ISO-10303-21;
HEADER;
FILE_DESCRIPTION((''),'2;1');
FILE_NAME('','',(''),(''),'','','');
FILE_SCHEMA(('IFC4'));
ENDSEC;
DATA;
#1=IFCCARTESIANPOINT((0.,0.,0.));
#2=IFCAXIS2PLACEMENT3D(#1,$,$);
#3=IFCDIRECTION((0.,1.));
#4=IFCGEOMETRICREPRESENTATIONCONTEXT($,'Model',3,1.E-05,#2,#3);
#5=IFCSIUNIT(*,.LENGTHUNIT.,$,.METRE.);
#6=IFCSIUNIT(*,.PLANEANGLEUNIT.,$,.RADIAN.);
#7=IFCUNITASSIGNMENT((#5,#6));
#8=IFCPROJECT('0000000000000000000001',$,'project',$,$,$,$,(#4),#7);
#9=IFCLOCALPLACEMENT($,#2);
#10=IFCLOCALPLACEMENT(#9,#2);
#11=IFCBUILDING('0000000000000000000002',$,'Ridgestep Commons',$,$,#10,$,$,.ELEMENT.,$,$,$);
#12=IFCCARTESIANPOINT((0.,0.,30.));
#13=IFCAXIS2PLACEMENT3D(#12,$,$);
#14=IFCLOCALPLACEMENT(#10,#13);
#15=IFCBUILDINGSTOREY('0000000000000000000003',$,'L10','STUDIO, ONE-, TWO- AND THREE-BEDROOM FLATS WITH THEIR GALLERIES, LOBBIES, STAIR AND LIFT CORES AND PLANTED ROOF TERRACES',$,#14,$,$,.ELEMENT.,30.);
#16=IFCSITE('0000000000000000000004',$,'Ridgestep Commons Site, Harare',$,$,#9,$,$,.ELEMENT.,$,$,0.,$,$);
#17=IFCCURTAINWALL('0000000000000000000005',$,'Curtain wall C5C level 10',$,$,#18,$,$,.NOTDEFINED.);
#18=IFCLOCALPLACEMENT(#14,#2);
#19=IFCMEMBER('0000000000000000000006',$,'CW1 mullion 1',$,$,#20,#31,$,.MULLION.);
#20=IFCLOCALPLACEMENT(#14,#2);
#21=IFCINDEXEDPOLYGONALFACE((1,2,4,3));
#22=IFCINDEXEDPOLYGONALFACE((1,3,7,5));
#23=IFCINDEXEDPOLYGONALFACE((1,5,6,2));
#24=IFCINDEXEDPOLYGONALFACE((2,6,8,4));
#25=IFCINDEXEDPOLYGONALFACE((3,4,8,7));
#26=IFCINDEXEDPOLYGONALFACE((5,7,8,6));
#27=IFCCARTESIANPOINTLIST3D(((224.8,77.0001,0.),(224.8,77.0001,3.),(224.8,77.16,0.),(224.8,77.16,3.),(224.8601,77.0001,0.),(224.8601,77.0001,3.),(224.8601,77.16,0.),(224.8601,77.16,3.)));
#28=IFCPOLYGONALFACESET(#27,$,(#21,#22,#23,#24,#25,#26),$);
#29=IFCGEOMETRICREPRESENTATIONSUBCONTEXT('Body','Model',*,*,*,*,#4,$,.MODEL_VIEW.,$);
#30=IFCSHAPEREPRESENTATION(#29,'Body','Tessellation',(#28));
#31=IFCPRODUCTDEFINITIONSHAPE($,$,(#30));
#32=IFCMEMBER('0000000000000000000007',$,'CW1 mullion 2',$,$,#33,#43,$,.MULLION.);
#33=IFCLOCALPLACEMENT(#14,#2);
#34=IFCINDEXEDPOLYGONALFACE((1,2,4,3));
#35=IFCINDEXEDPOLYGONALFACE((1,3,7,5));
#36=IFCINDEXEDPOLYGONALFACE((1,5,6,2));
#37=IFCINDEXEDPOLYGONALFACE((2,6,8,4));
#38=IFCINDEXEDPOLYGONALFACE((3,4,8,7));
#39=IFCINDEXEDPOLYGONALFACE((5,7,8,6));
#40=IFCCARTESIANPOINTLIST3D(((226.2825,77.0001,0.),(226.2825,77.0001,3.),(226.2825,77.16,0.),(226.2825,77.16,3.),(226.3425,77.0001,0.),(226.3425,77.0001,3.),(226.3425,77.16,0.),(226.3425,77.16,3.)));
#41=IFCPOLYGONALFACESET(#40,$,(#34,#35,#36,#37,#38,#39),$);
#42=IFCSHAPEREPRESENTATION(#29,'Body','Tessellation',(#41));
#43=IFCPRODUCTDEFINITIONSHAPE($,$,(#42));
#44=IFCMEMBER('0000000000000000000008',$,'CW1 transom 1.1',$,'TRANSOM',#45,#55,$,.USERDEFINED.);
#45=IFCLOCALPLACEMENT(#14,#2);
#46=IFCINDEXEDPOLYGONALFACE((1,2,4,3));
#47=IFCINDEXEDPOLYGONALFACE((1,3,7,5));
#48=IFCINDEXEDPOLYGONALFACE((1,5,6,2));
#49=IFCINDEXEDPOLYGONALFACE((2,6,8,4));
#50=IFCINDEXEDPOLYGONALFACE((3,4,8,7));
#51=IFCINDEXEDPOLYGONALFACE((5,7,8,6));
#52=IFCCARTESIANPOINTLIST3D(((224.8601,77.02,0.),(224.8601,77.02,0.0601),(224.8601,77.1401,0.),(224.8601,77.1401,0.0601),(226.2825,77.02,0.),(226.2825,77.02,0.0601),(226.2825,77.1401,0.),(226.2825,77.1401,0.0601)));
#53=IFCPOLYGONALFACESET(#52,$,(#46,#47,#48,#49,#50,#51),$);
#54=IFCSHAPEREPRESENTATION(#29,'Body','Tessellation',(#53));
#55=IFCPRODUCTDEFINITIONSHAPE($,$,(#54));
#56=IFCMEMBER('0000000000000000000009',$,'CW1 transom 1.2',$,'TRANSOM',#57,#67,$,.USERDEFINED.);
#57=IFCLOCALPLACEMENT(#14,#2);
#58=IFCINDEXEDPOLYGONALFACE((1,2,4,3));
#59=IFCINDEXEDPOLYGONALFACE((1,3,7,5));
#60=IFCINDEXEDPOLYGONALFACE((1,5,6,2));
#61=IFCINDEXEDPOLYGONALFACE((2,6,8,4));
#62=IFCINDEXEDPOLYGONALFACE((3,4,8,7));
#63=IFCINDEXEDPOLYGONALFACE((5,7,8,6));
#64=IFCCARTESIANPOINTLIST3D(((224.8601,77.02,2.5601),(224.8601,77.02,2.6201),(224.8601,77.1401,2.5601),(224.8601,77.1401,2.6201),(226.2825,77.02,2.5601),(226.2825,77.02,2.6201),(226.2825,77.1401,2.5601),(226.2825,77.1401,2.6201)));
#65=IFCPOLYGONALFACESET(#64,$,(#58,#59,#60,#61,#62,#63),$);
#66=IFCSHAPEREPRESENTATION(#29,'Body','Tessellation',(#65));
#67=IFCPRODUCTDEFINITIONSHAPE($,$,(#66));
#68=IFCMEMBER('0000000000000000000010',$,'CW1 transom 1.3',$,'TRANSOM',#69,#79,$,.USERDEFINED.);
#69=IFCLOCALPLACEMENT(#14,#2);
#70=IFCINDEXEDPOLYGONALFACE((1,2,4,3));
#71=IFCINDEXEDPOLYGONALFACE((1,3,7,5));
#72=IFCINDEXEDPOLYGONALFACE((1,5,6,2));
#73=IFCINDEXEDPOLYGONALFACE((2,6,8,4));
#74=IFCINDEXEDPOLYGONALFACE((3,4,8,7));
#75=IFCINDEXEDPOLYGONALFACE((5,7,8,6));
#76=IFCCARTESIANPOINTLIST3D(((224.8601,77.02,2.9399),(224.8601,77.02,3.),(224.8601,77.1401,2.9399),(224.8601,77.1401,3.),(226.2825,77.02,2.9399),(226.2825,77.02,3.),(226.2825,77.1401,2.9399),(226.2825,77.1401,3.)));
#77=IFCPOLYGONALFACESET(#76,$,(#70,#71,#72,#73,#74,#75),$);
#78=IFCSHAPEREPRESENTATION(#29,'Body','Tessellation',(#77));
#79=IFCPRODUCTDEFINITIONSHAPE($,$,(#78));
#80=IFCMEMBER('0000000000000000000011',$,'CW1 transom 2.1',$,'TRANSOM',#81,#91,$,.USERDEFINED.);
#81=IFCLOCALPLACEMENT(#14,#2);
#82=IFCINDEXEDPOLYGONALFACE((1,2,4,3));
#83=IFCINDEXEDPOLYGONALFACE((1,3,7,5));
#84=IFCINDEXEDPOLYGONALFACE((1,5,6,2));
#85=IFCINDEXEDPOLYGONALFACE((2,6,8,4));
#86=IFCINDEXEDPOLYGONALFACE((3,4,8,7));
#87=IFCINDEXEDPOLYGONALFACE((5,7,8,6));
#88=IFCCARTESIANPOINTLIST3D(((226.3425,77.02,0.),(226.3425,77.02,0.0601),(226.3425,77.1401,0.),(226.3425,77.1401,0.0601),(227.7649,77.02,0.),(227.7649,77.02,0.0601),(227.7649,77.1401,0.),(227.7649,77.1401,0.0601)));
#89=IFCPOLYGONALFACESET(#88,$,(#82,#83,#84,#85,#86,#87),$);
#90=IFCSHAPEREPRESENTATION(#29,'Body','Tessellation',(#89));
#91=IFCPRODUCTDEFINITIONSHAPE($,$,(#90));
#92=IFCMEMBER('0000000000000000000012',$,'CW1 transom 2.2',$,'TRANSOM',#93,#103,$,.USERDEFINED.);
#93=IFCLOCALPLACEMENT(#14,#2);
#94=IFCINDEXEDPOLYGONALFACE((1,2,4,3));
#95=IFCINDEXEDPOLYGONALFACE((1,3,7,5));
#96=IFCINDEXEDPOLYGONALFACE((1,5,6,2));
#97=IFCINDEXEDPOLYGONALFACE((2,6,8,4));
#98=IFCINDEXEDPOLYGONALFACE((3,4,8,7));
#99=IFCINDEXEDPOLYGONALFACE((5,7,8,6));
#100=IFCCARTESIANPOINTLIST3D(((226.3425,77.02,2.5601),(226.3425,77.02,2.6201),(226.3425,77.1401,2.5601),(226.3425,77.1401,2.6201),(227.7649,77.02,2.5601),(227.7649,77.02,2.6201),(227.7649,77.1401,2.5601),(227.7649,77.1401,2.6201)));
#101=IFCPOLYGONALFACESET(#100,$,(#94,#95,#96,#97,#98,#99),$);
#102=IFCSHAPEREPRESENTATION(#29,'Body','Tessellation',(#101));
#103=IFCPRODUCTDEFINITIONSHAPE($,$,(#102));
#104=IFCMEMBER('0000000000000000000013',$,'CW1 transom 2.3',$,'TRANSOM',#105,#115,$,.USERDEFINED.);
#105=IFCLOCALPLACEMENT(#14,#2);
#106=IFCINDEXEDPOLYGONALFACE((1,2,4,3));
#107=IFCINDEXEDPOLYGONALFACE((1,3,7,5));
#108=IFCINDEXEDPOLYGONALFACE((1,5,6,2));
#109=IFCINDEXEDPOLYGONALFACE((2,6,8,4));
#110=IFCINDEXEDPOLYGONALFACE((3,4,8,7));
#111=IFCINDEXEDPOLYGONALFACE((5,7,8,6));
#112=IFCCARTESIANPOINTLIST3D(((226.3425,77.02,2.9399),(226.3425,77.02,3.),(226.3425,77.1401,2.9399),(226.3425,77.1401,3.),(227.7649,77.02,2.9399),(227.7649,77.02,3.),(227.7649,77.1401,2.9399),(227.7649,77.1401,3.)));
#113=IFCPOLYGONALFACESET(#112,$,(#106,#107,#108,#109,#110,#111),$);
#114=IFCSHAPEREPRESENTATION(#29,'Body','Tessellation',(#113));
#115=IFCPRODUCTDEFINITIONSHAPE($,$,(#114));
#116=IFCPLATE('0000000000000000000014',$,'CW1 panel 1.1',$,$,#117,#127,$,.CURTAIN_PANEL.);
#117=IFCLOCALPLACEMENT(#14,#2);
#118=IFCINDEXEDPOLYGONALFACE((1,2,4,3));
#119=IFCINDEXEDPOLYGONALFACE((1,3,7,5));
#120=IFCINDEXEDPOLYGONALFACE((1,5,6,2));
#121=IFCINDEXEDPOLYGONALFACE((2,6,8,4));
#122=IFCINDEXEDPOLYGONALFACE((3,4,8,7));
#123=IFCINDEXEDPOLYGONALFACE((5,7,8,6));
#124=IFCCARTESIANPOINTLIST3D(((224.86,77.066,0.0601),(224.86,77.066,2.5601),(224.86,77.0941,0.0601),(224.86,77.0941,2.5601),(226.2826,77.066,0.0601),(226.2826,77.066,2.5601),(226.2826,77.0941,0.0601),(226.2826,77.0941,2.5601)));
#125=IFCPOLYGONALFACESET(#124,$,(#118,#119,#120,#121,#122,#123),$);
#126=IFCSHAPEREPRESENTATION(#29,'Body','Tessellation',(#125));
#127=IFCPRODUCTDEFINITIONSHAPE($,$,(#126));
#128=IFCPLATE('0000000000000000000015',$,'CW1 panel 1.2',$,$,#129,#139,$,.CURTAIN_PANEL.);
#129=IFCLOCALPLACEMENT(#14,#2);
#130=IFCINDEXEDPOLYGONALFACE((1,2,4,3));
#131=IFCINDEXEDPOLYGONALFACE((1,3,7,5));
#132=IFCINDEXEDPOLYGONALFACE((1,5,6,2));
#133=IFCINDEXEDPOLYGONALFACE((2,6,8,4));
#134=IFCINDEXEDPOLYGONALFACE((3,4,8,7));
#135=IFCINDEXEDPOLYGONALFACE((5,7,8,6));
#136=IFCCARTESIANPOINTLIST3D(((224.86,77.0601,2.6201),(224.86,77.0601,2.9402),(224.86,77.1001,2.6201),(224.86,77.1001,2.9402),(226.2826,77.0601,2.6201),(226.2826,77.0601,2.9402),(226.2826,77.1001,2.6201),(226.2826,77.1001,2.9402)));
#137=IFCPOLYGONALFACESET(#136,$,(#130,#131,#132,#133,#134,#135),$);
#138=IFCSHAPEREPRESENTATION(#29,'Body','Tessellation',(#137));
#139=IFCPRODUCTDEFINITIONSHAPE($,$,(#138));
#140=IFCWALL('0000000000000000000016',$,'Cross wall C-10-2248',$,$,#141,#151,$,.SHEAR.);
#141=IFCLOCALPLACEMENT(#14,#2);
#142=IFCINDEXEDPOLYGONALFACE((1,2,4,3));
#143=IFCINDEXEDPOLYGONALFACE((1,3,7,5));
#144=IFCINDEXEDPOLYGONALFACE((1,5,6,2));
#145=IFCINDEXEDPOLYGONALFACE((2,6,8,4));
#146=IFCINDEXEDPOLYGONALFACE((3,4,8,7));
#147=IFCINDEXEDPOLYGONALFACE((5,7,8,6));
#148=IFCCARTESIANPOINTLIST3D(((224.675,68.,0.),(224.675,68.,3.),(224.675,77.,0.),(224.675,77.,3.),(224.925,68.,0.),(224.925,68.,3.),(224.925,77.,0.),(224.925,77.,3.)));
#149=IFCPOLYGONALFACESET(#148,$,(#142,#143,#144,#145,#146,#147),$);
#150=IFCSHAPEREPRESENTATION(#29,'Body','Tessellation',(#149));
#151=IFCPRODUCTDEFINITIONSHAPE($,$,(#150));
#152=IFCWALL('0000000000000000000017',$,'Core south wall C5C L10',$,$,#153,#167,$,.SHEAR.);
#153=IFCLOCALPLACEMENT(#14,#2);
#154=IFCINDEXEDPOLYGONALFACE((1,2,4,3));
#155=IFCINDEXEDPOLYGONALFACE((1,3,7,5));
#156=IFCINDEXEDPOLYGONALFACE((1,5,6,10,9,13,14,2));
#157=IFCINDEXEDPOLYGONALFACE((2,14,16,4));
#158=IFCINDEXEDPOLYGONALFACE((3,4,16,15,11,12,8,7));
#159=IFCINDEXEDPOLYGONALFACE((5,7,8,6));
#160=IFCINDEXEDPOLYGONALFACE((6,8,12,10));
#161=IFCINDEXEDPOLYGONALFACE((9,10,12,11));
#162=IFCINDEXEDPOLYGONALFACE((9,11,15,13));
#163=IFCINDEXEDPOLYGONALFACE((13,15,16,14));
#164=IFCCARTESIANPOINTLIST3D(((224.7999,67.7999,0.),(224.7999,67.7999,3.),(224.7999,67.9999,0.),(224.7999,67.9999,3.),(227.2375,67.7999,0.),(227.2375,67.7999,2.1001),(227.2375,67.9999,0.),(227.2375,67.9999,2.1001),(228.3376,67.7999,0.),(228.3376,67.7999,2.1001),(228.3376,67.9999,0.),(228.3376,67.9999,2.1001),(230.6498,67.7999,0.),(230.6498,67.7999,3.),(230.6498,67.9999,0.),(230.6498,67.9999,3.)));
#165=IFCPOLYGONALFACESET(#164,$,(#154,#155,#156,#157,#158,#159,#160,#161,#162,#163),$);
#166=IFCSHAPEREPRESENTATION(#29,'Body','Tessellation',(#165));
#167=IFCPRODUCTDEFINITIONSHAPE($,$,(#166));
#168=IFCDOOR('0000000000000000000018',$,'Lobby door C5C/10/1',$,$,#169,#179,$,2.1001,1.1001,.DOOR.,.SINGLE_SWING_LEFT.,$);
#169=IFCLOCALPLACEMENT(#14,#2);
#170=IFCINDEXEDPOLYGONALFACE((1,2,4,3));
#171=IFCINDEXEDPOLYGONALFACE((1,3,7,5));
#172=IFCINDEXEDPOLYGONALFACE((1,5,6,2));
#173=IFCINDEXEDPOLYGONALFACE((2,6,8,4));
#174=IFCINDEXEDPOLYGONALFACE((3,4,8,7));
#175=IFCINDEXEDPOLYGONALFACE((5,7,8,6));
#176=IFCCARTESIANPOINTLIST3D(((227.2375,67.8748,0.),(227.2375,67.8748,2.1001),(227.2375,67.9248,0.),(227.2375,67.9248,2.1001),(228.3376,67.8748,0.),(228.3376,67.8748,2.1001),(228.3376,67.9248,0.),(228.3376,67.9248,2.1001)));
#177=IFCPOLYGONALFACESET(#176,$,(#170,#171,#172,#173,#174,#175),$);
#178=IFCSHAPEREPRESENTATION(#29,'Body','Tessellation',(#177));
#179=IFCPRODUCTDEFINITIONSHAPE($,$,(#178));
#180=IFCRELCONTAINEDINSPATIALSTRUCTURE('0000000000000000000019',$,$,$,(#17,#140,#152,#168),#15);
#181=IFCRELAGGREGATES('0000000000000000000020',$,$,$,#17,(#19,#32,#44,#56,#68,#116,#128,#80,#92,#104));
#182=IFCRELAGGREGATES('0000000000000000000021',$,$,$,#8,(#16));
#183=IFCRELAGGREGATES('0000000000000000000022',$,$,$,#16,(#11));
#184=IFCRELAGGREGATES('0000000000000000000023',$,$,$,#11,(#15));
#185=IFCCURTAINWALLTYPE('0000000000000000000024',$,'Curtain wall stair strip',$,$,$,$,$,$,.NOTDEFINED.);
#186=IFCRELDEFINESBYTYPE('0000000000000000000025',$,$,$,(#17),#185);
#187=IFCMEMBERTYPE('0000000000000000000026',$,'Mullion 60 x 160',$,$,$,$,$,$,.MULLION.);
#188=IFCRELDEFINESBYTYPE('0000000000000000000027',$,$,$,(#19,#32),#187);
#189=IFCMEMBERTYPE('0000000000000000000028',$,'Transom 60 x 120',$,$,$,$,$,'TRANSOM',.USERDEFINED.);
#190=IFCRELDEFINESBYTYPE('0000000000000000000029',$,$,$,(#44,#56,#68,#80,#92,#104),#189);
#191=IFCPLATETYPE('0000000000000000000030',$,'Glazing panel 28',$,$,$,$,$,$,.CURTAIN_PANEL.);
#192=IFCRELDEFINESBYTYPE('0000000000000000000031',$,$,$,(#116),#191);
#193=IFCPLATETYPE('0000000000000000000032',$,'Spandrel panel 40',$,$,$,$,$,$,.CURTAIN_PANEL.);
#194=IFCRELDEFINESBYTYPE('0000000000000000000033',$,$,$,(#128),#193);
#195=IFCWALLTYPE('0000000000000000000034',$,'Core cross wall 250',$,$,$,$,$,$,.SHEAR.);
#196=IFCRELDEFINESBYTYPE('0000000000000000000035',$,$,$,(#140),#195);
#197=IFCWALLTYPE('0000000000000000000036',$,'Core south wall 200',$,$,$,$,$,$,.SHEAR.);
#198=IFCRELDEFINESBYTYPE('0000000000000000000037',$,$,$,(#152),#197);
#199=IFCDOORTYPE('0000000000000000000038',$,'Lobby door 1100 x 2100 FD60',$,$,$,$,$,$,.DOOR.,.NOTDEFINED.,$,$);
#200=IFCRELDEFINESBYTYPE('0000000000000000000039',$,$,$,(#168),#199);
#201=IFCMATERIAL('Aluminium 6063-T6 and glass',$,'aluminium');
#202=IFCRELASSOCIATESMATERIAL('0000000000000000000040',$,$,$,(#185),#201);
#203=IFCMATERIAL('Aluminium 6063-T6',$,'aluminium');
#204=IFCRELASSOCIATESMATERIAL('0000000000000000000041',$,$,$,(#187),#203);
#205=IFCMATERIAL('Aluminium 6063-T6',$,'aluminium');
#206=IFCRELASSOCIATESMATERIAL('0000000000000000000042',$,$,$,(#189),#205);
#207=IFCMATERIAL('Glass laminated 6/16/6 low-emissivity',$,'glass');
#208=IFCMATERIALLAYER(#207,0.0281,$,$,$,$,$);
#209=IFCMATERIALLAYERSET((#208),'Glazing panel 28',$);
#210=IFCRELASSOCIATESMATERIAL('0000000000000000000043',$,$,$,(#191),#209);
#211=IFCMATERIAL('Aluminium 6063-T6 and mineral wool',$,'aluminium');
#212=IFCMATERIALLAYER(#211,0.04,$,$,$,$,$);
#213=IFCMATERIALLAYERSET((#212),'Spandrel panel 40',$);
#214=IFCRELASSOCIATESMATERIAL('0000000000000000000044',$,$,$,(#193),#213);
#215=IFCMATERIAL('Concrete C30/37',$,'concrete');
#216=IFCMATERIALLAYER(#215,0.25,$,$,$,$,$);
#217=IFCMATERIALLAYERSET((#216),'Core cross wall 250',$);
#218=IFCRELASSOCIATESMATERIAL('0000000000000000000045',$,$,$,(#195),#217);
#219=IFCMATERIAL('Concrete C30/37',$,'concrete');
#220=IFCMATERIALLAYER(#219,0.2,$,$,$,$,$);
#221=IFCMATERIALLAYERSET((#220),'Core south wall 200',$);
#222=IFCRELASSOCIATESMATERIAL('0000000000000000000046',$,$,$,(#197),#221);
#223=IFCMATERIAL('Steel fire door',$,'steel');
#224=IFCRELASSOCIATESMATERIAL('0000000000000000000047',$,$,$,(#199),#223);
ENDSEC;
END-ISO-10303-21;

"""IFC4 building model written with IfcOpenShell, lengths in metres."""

from ifc_helpers import new_model, si_unit, direction, frame, frame_2d, origin, origin_2d, place, context, subcontext, project, spatial, rectangle, extrude, material, layer, layer_set, material_profile, profile_set, type_object, element, fill, aggregate, save


model = new_model("IFC4")

# Units and contexts
model_context = context("Model", 3, precision=1e-05, world=origin(), true_north=direction((0.0, 1.0)))
body_context = subcontext(model_context, "Body", "Model", "MODEL_VIEW")
ifc_project = project(units=[si_unit("LENGTHUNIT", "METRE"), si_unit("PLANEANGLEUNIT", "RADIAN")], contexts=[model_context])

# Site, building, storey
site_placement = place(None, origin())
site = spatial("IfcSite", under=ifc_project, at=site_placement, Name="Ridgestep Commons Site, Harare", CompositionType="ELEMENT", RefElevation=0.0)
building_placement = place(site_placement, origin())
building = spatial("IfcBuilding", under=site, at=building_placement, Name="Ridgestep Commons", CompositionType="ELEMENT")
storey_placement = place(building_placement, frame((0.0, 0.0, 30.0)))
storey = spatial("IfcBuildingStorey", under=building, at=storey_placement, Name="L10", Description="STUDIO, ONE-, TWO- AND THREE-BEDROOM FLATS WITH THEIR GALLERIES, LOBBIES, STAIR AND LIFT CORES AND PLANTED ROOF TERRACES", CompositionType="ELEMENT", Elevation=30.0)

# Curtain wall, members, plates
ifc_material_1 = material(Name="Aluminium 6063-T6 and glass", Category="aluminium")
curtain_wall_type = type_object("IfcCurtainWallType", Name="Curtain wall stair strip", PredefinedType="NOTDEFINED", material=ifc_material_1)
curtain_wall_placement = place(storey_placement, origin())
curtain_wall = element("IfcCurtainWall", 1, at=curtain_wall_placement, inside=storey, type_object=curtain_wall_type, Name="Curtain wall C5C level 10", PredefinedType="NOTDEFINED")
ifc_material_2 = material(Name="Aluminium 6063-T6", Category="aluminium")
ifc_material_profile_1 = material_profile(ifc_material_2, rectangle(XDim=0.1599, YDim=0.0601, at=origin_2d()), Name="Mullion 60 x 160")
ifc_profile_set_1 = profile_set([ifc_material_profile_1], Name="Aluminium 6063-T6")
member_type_1 = type_object("IfcMemberType", Name="Mullion 60 x 160", PredefinedType="MULLION", material=ifc_profile_set_1)
member_1_placement = place(storey_placement, frame((224.8301, 77.0801, 0.0), z_axis=(0.0, 0.0, 1.0), x_axis=(0.0, 1.0, 0.0)))
member_1 = element("IfcMember", 2, at=member_1_placement, type_object=member_type_1, Name="CW1 mullion 1", PredefinedType="MULLION", context=body_context, shape_type="SweptSolid", body=[
    extrude(rectangle(XDim=0.1599, YDim=0.0601, at=origin_2d()), origin(), (0.0, 0.0, 1.0), 3.0),
])
member_2_placement = place(storey_placement, frame((226.3125, 77.0801, 0.0), z_axis=(0.0, 0.0, 1.0), x_axis=(0.0, 1.0, 0.0)))
member_2 = element("IfcMember", 3, at=member_2_placement, type_object=member_type_1, Name="CW1 mullion 2", PredefinedType="MULLION", context=body_context, shape_type="SweptSolid", body=[
    extrude(rectangle(XDim=0.1599, YDim=0.0601, at=origin_2d()), origin(), (0.0, 0.0, 1.0), 3.0),
])
ifc_material_3 = material(Name="Aluminium 6063-T6", Category="aluminium")
ifc_material_profile_2 = material_profile(ifc_material_3, rectangle(XDim=0.1201, YDim=0.0601, at=origin_2d()), Name="Transom 60 x 120")
ifc_profile_set_2 = profile_set([ifc_material_profile_2], Name="Aluminium 6063-T6")
member_type_2 = type_object("IfcMemberType", Name="Transom 60 x 120", ElementType="TRANSOM", PredefinedType="USERDEFINED", material=ifc_profile_set_2)
member_3_placement = place(storey_placement, frame((224.8601, 77.0801, 0.03), z_axis=(1.0, 0.0, 0.0), x_axis=(0.0, 1.0, 0.0)))
member_3 = element("IfcMember", 4, at=member_3_placement, type_object=member_type_2, Name="CW1 transom 1.1", ObjectType="TRANSOM", PredefinedType="USERDEFINED", context=body_context, shape_type="SweptSolid", body=[
    extrude(rectangle(XDim=0.1201, YDim=0.0601, at=origin_2d()), origin(), (0.0, 0.0, 1.0), 1.4224),
])
member_4_placement = place(storey_placement, frame((224.8601, 77.0801, 2.5901), z_axis=(1.0, 0.0, 0.0), x_axis=(0.0, 1.0, 0.0)))
member_4 = element("IfcMember", 5, at=member_4_placement, type_object=member_type_2, Name="CW1 transom 1.2", ObjectType="TRANSOM", PredefinedType="USERDEFINED", context=body_context, shape_type="SweptSolid", body=[
    extrude(rectangle(XDim=0.1201, YDim=0.0601, at=origin_2d()), origin(), (0.0, 0.0, 1.0), 1.4224),
])
member_5_placement = place(storey_placement, frame((224.8601, 77.0801, 2.97), z_axis=(1.0, 0.0, 0.0), x_axis=(0.0, 1.0, 0.0)))
member_5 = element("IfcMember", 6, at=member_5_placement, type_object=member_type_2, Name="CW1 transom 1.3", ObjectType="TRANSOM", PredefinedType="USERDEFINED", context=body_context, shape_type="SweptSolid", body=[
    extrude(rectangle(XDim=0.1201, YDim=0.0601, at=origin_2d()), origin(), (0.0, 0.0, 1.0), 1.4224),
])
member_6_placement = place(storey_placement, frame((226.3425, 77.0801, 0.03), z_axis=(1.0, 0.0, 0.0), x_axis=(0.0, 1.0, 0.0)))
member_6 = element("IfcMember", 7, at=member_6_placement, type_object=member_type_2, Name="CW1 transom 2.1", ObjectType="TRANSOM", PredefinedType="USERDEFINED", context=body_context, shape_type="SweptSolid", body=[
    extrude(rectangle(XDim=0.1201, YDim=0.0601, at=origin_2d()), origin(), (0.0, 0.0, 1.0), 1.4224),
])
member_7_placement = place(storey_placement, frame((226.3425, 77.0801, 2.5901), z_axis=(1.0, 0.0, 0.0), x_axis=(0.0, 1.0, 0.0)))
member_7 = element("IfcMember", 8, at=member_7_placement, type_object=member_type_2, Name="CW1 transom 2.2", ObjectType="TRANSOM", PredefinedType="USERDEFINED", context=body_context, shape_type="SweptSolid", body=[
    extrude(rectangle(XDim=0.1201, YDim=0.0601, at=origin_2d()), origin(), (0.0, 0.0, 1.0), 1.4224),
])
member_8_placement = place(storey_placement, frame((226.3425, 77.0801, 2.97), z_axis=(1.0, 0.0, 0.0), x_axis=(0.0, 1.0, 0.0)))
member_8 = element("IfcMember", 9, at=member_8_placement, type_object=member_type_2, Name="CW1 transom 2.3", ObjectType="TRANSOM", PredefinedType="USERDEFINED", context=body_context, shape_type="SweptSolid", body=[
    extrude(rectangle(XDim=0.1201, YDim=0.0601, at=origin_2d()), origin(), (0.0, 0.0, 1.0), 1.4224),
])
ifc_material_4 = material(Name="Glass laminated 6/16/6 low-emissivity", Category="glass")
ifc_layer_1 = layer(ifc_material_4, 0.0281)
ifc_layer_set_1 = layer_set([ifc_layer_1], Name="Glazing panel 28")
plate_type_1 = type_object("IfcPlateType", Name="Glazing panel 28", PredefinedType="CURTAIN_PANEL", material=ifc_layer_set_1)
plate_1_placement = place(storey_placement, frame((225.5713, 77.0801, 0.0601), z_axis=(0.0, 0.0, 1.0), x_axis=(1.0, 0.0, 0.0)))
plate_1 = element("IfcPlate", 10, at=plate_1_placement, type_object=plate_type_1, Name="CW1 panel 1.1", PredefinedType="CURTAIN_PANEL", context=body_context, shape_type="SweptSolid", body=[
    extrude(rectangle(XDim=1.4226, YDim=0.0281, at=origin_2d()), origin(), (0.0, 0.0, 1.0), 2.5),
])
ifc_material_5 = material(Name="Aluminium 6063-T6 and mineral wool", Category="aluminium")
ifc_layer_2 = layer(ifc_material_5, 0.04)
ifc_layer_set_2 = layer_set([ifc_layer_2], Name="Spandrel panel 40")
plate_type_2 = type_object("IfcPlateType", Name="Spandrel panel 40", PredefinedType="CURTAIN_PANEL", material=ifc_layer_set_2)
plate_2_placement = place(storey_placement, frame((225.5713, 77.0801, 2.6201), z_axis=(0.0, 0.0, 1.0), x_axis=(1.0, 0.0, 0.0)))
plate_2 = element("IfcPlate", 11, at=plate_2_placement, type_object=plate_type_2, Name="CW1 panel 1.2", PredefinedType="CURTAIN_PANEL", context=body_context, shape_type="SweptSolid", body=[
    extrude(rectangle(XDim=1.4226, YDim=0.04, at=origin_2d()), origin(), (0.0, 0.0, 1.0), 0.3201),
])
aggregate(curtain_wall, [member_1, member_2, member_3, member_4, member_5, plate_1, plate_2, member_6, member_7, member_8])

# Wall
ifc_material_6 = material(Name="Concrete C30/37", Category="concrete")
ifc_layer_3 = layer(ifc_material_6, 0.25)
ifc_layer_set_3 = layer_set([ifc_layer_3], Name="Core cross wall 250")
wall_type_1 = type_object("IfcWallType", Name="Core cross wall 250", PredefinedType="SHEAR", material=ifc_layer_set_3)
wall_1_placement = place(storey_placement, frame((224.8, 68.0, 0.0), z_axis=(0.0, 0.0, 1.0), x_axis=(0.0, 1.0, 0.0)))
element("IfcWall", 12, at=wall_1_placement, inside=storey, type_object=wall_type_1, Name="Cross wall C-10-2248", PredefinedType="SHEAR", context=body_context, shape_type="SweptSolid", body=[
    extrude(rectangle(XDim=9.0, YDim=0.25, at=frame_2d((4.5, 0.0))), origin(), (0.0, 0.0, 1.0), 3.0),
])

# Wall, opening, door
ifc_material_7 = material(Name="Concrete C30/37", Category="concrete")
ifc_layer_4 = layer(ifc_material_7, 0.2)
ifc_layer_set_4 = layer_set([ifc_layer_4], Name="Core south wall 200")
wall_type_2 = type_object("IfcWallType", Name="Core south wall 200", PredefinedType="SHEAR", material=ifc_layer_set_4)
wall_2_placement = place(storey_placement, frame((224.8, 67.8999, 0.0), z_axis=(0.0, 0.0, 1.0), x_axis=(1.0, 0.0, 0.0)))
wall_2 = element("IfcWall", 13, at=wall_2_placement, inside=storey, type_object=wall_type_2, Name="Core south wall C5C L10", PredefinedType="SHEAR", context=body_context, shape_type="SweptSolid", body=[
    extrude(rectangle(XDim=5.8499, YDim=0.2, at=frame_2d((2.9248, 0.0))), origin(), (0.0, 0.0, 1.0), 3.0),
])
opening_1_placement = place(wall_2_placement, frame((2.4375, 0.0, 0.0)))
opening_1 = element("IfcOpeningElement", 14, at=opening_1_placement, cuts=wall_2, PredefinedType="OPENING", context=body_context, shape_type="SweptSolid", body=[
    extrude(rectangle(XDim=1.1001, YDim=2.1001, at=frame_2d((0.55, 1.05))), frame((0.0, 0.1099, 0.0), z_axis=(0.0, -1.0, 0.0), x_axis=(1.0, 0.0, 0.0)), (0.0, 0.0, 1.0), 0.22),
])
ifc_material_8 = material(Name="Steel fire door", Category="steel")
door_type_1 = type_object("IfcDoorType", Name="Lobby door 1100 x 2100 FD60", OperationType="NOTDEFINED", PredefinedType="DOOR", material=ifc_material_8)
door_1_placement = place(opening_1_placement, origin())
door_1 = element("IfcDoor", 15, at=door_1_placement, inside=storey, type_object=door_type_1, Name="Lobby door C5C/10/1", OperationType="SINGLE_SWING_LEFT", OverallHeight=2.1001, OverallWidth=1.1001, PredefinedType="DOOR", context=body_context, shape_type="SweptSolid", body=[
    extrude(rectangle(XDim=1.1001, YDim=2.1001, at=frame_2d((0.55, 1.05))), frame((0.0, 0.0249, 0.0), z_axis=(0.0, -1.0, 0.0), x_axis=(1.0, 0.0, 0.0)), (0.0, 0.0, 1.0), 0.05),
])
fill(opening_1, door_1)

save(model, "model.ifc")
